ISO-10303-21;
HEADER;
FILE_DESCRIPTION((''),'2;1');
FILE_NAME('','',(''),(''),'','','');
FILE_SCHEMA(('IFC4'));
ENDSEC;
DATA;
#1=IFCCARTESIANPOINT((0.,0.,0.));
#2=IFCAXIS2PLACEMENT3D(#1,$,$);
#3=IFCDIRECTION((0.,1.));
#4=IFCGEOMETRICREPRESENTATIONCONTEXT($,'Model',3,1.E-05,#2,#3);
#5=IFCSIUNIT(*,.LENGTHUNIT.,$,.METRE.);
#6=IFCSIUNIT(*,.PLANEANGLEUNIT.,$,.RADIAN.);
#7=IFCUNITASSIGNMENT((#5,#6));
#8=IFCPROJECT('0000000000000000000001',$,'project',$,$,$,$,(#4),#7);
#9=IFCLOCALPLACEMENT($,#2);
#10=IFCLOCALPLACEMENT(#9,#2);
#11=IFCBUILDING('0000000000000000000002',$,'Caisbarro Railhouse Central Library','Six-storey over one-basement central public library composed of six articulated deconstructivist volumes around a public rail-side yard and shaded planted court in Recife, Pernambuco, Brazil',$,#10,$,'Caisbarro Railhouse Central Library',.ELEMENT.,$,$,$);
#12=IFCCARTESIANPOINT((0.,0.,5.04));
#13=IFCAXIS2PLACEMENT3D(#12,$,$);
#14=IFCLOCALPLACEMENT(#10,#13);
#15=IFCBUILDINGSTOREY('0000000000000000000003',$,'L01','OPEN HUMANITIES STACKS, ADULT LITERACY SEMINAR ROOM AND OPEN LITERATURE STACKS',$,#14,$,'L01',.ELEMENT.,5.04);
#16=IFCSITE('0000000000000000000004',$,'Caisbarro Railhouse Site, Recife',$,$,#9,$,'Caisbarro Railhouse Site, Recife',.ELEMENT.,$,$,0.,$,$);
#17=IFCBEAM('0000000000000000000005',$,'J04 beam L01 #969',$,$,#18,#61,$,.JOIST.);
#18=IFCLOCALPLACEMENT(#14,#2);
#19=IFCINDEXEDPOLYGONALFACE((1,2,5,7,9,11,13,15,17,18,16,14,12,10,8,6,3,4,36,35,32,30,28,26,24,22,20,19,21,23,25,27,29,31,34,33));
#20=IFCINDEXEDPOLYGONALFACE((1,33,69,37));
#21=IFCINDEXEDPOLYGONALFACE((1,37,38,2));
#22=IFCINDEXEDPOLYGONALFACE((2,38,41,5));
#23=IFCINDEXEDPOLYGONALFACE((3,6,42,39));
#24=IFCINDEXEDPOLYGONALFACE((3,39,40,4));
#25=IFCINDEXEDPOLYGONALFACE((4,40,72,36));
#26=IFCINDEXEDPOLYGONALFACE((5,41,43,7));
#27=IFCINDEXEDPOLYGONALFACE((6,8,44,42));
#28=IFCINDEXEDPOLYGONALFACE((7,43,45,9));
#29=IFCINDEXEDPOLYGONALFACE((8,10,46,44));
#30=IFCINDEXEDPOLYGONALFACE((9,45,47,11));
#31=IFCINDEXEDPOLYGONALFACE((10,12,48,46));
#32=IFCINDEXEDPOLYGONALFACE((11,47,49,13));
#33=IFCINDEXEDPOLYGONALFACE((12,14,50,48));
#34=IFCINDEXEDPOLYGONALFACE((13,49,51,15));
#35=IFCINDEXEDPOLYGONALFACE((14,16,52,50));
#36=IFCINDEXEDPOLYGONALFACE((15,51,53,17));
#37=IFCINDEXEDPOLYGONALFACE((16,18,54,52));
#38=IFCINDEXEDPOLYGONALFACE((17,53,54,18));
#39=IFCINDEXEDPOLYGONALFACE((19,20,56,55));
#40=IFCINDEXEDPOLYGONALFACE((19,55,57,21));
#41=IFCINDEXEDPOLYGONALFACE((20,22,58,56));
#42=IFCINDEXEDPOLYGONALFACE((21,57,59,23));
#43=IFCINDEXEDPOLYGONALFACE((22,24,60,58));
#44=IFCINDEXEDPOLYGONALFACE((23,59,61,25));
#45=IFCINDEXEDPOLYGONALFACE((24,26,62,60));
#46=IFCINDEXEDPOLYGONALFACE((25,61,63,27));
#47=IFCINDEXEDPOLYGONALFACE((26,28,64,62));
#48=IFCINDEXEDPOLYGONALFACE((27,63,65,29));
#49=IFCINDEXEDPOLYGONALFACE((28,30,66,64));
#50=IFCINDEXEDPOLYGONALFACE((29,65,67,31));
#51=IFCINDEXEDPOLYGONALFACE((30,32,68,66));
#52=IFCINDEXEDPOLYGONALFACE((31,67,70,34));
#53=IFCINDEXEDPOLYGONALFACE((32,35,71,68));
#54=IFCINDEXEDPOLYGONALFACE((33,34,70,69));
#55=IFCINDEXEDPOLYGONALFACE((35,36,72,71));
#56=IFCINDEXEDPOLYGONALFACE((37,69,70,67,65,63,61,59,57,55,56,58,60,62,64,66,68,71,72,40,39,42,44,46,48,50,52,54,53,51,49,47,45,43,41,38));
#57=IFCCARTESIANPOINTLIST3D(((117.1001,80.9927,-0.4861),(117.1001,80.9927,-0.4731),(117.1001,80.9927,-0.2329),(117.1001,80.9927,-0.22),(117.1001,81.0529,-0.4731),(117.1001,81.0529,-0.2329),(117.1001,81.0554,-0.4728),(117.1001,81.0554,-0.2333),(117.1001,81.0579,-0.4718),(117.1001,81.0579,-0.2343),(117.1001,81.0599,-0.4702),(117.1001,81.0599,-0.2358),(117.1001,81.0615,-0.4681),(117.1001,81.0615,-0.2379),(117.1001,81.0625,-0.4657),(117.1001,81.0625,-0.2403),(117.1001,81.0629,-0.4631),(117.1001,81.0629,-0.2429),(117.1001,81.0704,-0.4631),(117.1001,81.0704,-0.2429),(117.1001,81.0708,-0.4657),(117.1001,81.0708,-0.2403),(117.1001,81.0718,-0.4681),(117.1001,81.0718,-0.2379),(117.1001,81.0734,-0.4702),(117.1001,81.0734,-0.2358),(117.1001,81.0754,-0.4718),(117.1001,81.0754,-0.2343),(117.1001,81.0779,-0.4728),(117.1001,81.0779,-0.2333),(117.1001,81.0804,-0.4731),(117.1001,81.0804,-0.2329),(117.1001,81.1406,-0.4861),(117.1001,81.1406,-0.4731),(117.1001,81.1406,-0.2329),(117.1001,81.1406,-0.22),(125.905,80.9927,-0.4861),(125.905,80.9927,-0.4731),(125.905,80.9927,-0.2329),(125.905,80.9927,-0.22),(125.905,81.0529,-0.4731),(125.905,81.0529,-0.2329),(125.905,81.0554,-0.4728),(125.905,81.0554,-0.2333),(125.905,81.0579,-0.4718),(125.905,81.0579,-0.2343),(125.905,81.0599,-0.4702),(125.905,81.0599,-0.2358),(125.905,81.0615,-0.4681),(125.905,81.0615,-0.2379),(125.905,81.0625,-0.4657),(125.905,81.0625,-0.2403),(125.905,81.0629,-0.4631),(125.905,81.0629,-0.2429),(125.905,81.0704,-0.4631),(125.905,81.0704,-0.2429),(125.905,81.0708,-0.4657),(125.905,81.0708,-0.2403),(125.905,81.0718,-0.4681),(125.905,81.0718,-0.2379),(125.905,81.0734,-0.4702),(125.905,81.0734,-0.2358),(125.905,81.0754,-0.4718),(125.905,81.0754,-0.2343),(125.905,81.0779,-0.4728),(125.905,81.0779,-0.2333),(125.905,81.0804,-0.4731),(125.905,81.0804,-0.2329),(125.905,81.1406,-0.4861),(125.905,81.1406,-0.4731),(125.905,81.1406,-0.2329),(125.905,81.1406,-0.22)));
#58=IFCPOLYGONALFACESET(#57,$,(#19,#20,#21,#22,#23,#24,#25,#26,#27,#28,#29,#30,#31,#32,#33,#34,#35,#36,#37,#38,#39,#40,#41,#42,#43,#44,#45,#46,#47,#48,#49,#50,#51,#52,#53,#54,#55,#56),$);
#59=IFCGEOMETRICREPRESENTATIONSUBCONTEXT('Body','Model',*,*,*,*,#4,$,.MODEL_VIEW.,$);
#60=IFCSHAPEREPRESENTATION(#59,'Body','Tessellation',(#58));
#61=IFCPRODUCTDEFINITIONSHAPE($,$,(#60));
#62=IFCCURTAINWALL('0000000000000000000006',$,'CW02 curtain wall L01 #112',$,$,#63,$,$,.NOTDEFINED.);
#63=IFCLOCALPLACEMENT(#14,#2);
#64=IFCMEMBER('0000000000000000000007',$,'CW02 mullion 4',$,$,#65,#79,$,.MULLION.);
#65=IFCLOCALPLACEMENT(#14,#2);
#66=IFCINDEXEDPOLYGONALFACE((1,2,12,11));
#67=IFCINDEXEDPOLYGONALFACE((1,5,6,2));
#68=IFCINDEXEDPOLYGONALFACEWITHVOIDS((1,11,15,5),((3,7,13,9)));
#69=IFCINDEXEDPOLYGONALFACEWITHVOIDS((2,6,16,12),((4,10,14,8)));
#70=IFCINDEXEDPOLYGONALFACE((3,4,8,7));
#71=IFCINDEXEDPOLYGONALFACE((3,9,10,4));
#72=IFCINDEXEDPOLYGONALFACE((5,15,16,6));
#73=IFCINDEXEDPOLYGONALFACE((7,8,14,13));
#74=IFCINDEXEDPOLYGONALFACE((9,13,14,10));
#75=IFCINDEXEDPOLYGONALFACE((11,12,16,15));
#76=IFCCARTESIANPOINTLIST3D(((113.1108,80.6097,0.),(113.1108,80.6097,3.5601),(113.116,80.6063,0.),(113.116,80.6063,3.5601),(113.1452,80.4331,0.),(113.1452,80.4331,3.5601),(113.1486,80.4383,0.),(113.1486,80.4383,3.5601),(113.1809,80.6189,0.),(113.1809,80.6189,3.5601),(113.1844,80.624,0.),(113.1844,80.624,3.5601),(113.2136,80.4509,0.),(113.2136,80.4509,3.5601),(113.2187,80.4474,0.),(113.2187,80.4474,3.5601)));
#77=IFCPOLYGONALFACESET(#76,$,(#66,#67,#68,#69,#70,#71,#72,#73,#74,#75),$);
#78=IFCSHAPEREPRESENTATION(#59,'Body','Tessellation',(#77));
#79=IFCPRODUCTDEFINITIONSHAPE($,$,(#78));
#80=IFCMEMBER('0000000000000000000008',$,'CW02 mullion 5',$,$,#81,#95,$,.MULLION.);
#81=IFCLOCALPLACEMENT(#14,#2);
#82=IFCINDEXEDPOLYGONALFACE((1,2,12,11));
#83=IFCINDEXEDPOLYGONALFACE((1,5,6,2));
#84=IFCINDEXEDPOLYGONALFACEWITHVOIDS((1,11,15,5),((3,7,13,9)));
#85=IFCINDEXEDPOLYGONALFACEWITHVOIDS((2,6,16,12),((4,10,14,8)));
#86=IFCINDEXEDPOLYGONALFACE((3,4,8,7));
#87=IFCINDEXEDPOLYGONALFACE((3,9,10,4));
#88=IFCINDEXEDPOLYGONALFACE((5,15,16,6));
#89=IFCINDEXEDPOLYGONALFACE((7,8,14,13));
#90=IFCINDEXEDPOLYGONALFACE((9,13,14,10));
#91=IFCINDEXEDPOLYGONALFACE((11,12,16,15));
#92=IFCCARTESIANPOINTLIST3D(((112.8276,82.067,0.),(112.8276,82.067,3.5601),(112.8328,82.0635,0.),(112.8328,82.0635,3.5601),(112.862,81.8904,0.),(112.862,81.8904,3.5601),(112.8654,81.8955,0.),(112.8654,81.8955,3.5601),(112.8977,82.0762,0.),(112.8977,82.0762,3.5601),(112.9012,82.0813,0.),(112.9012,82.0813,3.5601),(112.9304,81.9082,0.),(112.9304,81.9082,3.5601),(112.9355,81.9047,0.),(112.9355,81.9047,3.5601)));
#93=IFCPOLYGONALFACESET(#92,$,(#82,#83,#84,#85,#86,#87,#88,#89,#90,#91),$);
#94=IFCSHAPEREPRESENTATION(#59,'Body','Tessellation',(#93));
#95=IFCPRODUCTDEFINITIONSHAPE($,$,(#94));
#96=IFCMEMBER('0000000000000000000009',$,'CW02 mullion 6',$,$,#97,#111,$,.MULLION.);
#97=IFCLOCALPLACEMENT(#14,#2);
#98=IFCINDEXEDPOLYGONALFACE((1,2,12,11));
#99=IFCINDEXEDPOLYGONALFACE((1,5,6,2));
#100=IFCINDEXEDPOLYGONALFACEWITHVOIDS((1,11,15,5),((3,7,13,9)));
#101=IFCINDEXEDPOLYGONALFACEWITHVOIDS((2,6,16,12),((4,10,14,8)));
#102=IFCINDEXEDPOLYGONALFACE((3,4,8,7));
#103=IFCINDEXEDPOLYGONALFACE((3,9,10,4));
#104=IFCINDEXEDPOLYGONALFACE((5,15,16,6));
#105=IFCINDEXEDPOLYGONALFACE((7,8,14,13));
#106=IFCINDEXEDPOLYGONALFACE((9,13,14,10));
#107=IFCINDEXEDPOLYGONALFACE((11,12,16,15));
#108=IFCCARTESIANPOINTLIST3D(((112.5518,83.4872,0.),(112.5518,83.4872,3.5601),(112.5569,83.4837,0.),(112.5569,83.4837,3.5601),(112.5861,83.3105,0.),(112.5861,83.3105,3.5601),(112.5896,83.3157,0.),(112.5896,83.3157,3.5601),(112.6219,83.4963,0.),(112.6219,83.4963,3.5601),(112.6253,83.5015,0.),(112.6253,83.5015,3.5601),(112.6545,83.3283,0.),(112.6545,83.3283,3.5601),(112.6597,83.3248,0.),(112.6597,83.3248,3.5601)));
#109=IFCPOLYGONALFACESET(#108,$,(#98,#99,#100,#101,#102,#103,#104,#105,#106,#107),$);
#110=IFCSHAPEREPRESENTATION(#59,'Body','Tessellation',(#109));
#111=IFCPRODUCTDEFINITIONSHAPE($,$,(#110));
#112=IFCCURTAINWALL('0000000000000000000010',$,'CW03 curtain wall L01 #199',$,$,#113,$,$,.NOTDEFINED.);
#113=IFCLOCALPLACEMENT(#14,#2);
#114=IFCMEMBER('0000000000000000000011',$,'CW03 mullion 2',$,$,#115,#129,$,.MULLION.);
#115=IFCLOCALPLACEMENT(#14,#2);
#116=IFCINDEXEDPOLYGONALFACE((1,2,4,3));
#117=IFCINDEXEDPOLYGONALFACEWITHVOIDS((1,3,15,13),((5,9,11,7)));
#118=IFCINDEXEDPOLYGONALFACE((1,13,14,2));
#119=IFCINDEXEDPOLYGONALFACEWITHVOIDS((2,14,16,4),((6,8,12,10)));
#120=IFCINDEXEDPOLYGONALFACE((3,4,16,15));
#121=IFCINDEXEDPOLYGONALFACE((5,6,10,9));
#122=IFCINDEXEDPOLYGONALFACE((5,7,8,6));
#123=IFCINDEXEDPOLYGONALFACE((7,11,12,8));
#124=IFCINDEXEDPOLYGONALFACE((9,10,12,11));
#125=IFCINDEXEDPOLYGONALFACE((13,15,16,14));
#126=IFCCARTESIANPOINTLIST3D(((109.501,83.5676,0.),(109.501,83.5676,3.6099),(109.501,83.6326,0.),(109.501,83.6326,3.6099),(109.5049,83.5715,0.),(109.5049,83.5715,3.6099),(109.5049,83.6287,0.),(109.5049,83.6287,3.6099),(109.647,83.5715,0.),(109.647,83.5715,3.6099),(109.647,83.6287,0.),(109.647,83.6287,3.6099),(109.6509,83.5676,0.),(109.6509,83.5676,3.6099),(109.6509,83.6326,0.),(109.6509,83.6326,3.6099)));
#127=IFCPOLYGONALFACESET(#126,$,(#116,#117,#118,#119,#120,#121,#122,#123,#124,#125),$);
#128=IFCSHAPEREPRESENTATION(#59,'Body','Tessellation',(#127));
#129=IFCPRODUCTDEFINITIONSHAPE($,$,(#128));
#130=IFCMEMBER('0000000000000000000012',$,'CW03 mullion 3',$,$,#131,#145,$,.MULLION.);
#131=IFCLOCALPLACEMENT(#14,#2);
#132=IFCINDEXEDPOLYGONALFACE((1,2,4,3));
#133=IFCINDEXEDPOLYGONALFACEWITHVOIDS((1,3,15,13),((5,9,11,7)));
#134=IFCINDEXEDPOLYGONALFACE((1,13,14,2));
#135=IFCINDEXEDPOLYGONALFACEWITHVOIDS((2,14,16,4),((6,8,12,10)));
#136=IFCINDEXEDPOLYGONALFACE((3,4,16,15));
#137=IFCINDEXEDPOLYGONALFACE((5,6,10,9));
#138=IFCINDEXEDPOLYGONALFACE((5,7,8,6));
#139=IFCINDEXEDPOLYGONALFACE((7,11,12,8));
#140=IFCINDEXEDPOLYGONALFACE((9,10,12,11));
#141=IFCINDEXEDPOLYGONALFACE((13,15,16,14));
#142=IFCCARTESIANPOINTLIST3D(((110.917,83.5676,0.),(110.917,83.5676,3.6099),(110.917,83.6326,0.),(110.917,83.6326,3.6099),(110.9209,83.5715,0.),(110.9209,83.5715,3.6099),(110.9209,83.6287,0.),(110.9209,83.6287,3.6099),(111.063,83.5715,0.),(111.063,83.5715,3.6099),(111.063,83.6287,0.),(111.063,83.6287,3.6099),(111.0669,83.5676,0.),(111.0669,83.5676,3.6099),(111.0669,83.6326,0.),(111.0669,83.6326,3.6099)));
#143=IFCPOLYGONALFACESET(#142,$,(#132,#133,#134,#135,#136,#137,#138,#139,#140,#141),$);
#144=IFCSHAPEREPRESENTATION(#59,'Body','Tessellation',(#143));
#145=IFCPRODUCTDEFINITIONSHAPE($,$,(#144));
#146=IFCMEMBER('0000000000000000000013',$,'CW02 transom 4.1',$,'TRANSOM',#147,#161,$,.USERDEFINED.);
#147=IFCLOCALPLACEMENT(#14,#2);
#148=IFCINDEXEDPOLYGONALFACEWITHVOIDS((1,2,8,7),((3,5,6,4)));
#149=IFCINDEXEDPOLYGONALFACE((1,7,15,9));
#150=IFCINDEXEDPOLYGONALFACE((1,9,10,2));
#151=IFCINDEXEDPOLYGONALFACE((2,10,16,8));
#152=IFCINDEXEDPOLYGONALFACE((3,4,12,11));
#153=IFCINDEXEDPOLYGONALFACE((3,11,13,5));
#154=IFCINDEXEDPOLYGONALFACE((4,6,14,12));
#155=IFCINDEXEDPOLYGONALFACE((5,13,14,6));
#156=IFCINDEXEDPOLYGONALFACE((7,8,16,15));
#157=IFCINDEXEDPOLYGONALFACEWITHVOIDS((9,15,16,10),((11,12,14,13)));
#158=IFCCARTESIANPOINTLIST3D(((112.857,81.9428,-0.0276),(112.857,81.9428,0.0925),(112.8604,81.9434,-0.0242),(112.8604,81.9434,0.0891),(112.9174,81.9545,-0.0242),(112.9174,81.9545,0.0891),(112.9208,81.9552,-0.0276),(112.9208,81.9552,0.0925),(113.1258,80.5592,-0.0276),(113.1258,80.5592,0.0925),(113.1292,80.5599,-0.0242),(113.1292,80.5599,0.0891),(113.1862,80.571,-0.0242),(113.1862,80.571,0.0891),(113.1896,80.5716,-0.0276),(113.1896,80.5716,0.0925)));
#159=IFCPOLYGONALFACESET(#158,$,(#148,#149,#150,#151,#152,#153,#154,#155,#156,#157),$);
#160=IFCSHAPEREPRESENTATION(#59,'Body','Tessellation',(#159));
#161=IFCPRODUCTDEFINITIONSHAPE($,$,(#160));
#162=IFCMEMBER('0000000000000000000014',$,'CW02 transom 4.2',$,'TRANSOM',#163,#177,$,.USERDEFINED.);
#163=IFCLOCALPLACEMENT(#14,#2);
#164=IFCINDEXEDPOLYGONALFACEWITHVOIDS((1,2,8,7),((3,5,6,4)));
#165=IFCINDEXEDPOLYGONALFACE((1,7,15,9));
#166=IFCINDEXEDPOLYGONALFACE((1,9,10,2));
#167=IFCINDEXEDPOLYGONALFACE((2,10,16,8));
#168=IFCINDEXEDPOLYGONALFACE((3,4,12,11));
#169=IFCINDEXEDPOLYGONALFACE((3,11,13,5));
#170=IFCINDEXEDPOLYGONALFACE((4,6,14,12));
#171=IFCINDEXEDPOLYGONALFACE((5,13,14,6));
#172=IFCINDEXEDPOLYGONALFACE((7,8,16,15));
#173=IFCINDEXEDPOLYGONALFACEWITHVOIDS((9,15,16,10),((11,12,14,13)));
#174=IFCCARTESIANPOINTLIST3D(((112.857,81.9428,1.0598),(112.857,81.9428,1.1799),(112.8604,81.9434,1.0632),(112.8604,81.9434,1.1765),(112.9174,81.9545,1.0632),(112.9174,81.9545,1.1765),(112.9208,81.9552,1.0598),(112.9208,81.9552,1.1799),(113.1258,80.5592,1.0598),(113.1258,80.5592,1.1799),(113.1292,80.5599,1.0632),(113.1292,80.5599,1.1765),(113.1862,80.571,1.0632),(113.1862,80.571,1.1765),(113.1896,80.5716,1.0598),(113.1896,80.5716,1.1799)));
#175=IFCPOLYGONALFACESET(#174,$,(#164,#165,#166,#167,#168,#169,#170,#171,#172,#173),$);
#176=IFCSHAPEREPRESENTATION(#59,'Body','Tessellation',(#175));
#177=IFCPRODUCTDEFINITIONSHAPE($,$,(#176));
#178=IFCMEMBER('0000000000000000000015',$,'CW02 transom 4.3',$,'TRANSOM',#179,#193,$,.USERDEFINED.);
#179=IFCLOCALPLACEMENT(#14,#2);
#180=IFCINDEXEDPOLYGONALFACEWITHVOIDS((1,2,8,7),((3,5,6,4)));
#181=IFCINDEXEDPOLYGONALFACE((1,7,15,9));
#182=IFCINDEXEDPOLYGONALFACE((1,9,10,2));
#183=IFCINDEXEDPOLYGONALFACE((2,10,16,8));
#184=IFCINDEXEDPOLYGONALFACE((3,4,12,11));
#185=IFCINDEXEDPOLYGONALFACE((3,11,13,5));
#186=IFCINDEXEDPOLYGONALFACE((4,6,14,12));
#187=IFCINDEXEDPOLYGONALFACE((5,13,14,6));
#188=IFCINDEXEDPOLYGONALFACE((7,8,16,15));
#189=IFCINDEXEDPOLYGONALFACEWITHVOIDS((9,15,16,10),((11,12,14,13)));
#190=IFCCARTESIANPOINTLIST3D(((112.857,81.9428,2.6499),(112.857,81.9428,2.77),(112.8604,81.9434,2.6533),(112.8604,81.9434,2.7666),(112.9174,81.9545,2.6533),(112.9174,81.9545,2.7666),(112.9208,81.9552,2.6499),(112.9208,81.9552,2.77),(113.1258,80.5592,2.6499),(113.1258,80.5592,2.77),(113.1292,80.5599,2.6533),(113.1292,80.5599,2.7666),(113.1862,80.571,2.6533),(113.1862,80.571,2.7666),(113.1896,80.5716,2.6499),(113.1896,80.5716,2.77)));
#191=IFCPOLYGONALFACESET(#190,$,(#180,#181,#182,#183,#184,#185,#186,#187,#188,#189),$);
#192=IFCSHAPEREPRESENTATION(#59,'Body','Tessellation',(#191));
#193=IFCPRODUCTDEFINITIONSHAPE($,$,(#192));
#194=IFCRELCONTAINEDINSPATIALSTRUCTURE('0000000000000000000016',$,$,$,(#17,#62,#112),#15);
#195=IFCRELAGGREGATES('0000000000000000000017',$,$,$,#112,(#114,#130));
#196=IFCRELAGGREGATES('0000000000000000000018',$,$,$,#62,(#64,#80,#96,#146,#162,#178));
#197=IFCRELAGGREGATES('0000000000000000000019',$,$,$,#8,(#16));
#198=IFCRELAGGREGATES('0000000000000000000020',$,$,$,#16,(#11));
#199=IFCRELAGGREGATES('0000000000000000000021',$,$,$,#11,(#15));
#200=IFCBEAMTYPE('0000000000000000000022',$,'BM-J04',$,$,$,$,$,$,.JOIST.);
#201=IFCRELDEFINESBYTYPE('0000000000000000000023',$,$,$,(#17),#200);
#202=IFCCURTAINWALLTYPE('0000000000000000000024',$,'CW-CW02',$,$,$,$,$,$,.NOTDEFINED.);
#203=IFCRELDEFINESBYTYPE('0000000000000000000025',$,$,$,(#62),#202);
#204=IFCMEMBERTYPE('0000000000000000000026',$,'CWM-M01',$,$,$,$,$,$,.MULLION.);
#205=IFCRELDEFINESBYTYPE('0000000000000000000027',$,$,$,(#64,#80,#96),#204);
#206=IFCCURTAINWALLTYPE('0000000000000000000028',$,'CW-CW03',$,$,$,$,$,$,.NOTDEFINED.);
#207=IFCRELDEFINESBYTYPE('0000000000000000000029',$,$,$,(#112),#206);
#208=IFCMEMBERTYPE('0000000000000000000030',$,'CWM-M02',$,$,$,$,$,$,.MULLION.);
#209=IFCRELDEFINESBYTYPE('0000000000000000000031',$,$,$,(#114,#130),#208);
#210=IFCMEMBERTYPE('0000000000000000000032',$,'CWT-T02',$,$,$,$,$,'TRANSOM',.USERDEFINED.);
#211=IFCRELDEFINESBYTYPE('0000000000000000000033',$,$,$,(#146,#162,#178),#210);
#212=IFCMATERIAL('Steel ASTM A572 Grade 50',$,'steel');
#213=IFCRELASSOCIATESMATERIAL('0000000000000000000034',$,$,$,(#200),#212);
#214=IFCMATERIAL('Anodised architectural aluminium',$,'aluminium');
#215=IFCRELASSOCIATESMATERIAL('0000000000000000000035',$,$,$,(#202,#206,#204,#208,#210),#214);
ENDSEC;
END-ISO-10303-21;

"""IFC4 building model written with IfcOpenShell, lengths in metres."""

from ifc_helpers import new_model, si_unit, direction, frame, origin, origin_2d, place, context, subcontext, project, spatial, hollow_rectangle, i_section, extrude, material, material_profile, profile_set, type_object, element, aggregate, save


model = new_model("IFC4")

# Units and contexts
model_context = context("Model", 3, precision=1e-05, world=origin(), true_north=direction((0.0, 1.0)))
body_context = subcontext(model_context, "Body", "Model", "MODEL_VIEW")
ifc_project = project(units=[si_unit("LENGTHUNIT", "METRE"), si_unit("PLANEANGLEUNIT", "RADIAN")], contexts=[model_context])

# Site, building, storey
site_placement = place(None, origin())
site = spatial("IfcSite", under=ifc_project, at=site_placement, Name="Caisbarro Railhouse Site, Recife", LongName="Caisbarro Railhouse Site, Recife", CompositionType="ELEMENT", RefElevation=0.0)
building_placement = place(site_placement, origin())
building = spatial("IfcBuilding", under=site, at=building_placement, Name="Caisbarro Railhouse Central Library", Description="Six-storey over one-basement central public library composed of six articulated deconstructivist volumes around a public rail-side yard and shaded planted court in Recife, Pernambuco, Brazil", LongName="Caisbarro Railhouse Central Library", CompositionType="ELEMENT")
storey_placement = place(building_placement, frame((0.0, 0.0, 5.04)))
storey = spatial("IfcBuildingStorey", under=building, at=storey_placement, Name="L01", Description="OPEN HUMANITIES STACKS, ADULT LITERACY SEMINAR ROOM AND OPEN LITERATURE STACKS", LongName="L01", CompositionType="ELEMENT", Elevation=5.04)

# Beam
ifc_material_1 = material(Name="Steel ASTM A572 Grade 50", Category="steel")
ifc_material_profile_1 = material_profile(ifc_material_1, i_section(OverallWidth=0.1479, OverallDepth=0.2661, WebThickness=0.0076, FlangeThickness=0.0129, FilletRadius=0.01, at=origin_2d()), Name="W250X44.8")
ifc_profile_set_1 = profile_set([ifc_material_profile_1], Name="Steel ASTM A572 Grade 50")
beam_type = type_object("IfcBeamType", Name="BM-J04", PredefinedType="JOIST", material=ifc_profile_set_1)
beam_placement = place(storey_placement, frame((117.1001, 81.0667, -0.353), z_axis=(1.0, 0.0, 0.0), x_axis=(0.0, 1.0, 0.0)))
element("IfcBeam", 1, at=beam_placement, inside=storey, type_object=beam_type, Name="J04 beam L01 #969", PredefinedType="JOIST", context=body_context, shape_type="SweptSolid", body=[
    extrude(i_section(OverallWidth=0.1479, OverallDepth=0.2661, WebThickness=0.0076, FlangeThickness=0.0129, FilletRadius=0.01, at=origin_2d()), origin(), (0.0, 0.0, 1.0), 8.8049),
])

# Curtain walls, members
ifc_material_2 = material(Name="Anodised architectural aluminium", Category="aluminium")
curtain_wall_type_1 = type_object("IfcCurtainWallType", Name="CW-CW02", PredefinedType="NOTDEFINED", material=ifc_material_2)
curtain_wall_1_placement = place(storey_placement, origin())
curtain_wall_1 = element("IfcCurtainWall", 2, at=curtain_wall_1_placement, inside=storey, type_object=curtain_wall_type_1, Name="CW02 curtain wall L01 #112", PredefinedType="NOTDEFINED")
ifc_material_profile_2 = material_profile(ifc_material_2, hollow_rectangle(XDim=0.075, YDim=0.1799, WallThickness=0.0044, at=origin_2d()), Name="ALU-MUL-75X180")
ifc_profile_set_2 = profile_set([ifc_material_profile_2], Name="Anodised architectural aluminium")
member_type_1 = type_object("IfcMemberType", Name="CWM-M01", PredefinedType="MULLION", material=ifc_profile_set_2)
member_1_placement = place(storey_placement, frame((113.1648, 80.5286, 0.0), z_axis=(0.0, 0.0, 1.0), x_axis=(-0.981633, -0.190781, 0.0)))
member_1 = element("IfcMember", 3, at=member_1_placement, type_object=member_type_1, Name="CW02 mullion 4", PredefinedType="MULLION", context=body_context, shape_type="SweptSolid", body=[
    extrude(hollow_rectangle(XDim=0.075, YDim=0.1799, WallThickness=0.0044, at=origin_2d()), origin(), (0.0, 0.0, 1.0), 3.5601),
])
member_2_placement = place(storey_placement, frame((112.8816, 81.9858, 0.0), z_axis=(0.0, 0.0, 1.0), x_axis=(-0.981633, -0.190781, 0.0)))
member_2 = element("IfcMember", 4, at=member_2_placement, type_object=member_type_1, Name="CW02 mullion 5", PredefinedType="MULLION", context=body_context, shape_type="SweptSolid", body=[
    extrude(hollow_rectangle(XDim=0.075, YDim=0.1799, WallThickness=0.0044, at=origin_2d()), origin(), (0.0, 0.0, 1.0), 3.5601),
])
member_3_placement = place(storey_placement, frame((112.6057, 83.406, 0.0), z_axis=(0.0, 0.0, 1.0), x_axis=(-0.981633, -0.190781, 0.0)))
member_3 = element("IfcMember", 5, at=member_3_placement, type_object=member_type_1, Name="CW02 mullion 6", PredefinedType="MULLION", context=body_context, shape_type="SweptSolid", body=[
    extrude(hollow_rectangle(XDim=0.075, YDim=0.1799, WallThickness=0.0044, at=origin_2d()), origin(), (0.0, 0.0, 1.0), 3.5601),
])
curtain_wall_type_2 = type_object("IfcCurtainWallType", Name="CW-CW03", PredefinedType="NOTDEFINED", material=ifc_material_2)
curtain_wall_2_placement = place(storey_placement, origin())
curtain_wall_2 = element("IfcCurtainWall", 6, at=curtain_wall_2_placement, inside=storey, type_object=curtain_wall_type_2, Name="CW03 curtain wall L01 #199", PredefinedType="NOTDEFINED")
ifc_material_profile_3 = material_profile(ifc_material_2, hollow_rectangle(XDim=0.0649, YDim=0.1499, WallThickness=0.0039, at=origin_2d()), Name="ALU-MUL-65X150")
ifc_profile_set_3 = profile_set([ifc_material_profile_3], Name="Anodised architectural aluminium")
member_type_2 = type_object("IfcMemberType", Name="CWM-M02", PredefinedType="MULLION", material=ifc_profile_set_3)
member_4_placement = place(storey_placement, frame((109.5759, 83.6001, 0.0), z_axis=(0.0, 0.0, 1.0), x_axis=(0.0, 1.0, 0.0)))
member_4 = element("IfcMember", 7, at=member_4_placement, type_object=member_type_2, Name="CW03 mullion 2", PredefinedType="MULLION", context=body_context, shape_type="SweptSolid", body=[
    extrude(hollow_rectangle(XDim=0.0649, YDim=0.1499, WallThickness=0.0039, at=origin_2d()), origin(), (0.0, 0.0, 1.0), 3.6099),
])
member_5_placement = place(storey_placement, frame((110.9919, 83.6001, 0.0), z_axis=(0.0, 0.0, 1.0), x_axis=(0.0, 1.0, 0.0)))
member_5 = element("IfcMember", 8, at=member_5_placement, type_object=member_type_2, Name="CW03 mullion 3", PredefinedType="MULLION", context=body_context, shape_type="SweptSolid", body=[
    extrude(hollow_rectangle(XDim=0.0649, YDim=0.1499, WallThickness=0.0039, at=origin_2d()), origin(), (0.0, 0.0, 1.0), 3.6099),
])

# Members
ifc_material_profile_4 = material_profile(ifc_material_2, hollow_rectangle(XDim=0.0649, YDim=0.1201, WallThickness=0.0034, at=origin_2d()), Name="ALU-TRN-65X120")
ifc_profile_set_4 = profile_set([ifc_material_profile_4], Name="Anodised architectural aluminium")
member_type_3 = type_object("IfcMemberType", Name="CWT-T02", ElementType="TRANSOM", PredefinedType="USERDEFINED", material=ifc_profile_set_4)
member_6_placement = place(storey_placement, frame((113.1577, 80.5654, 0.0325), z_axis=(-0.190717, 0.981645, 0.0), x_axis=(-0.981645, -0.190717, 0.0)))
member_6 = element("IfcMember", 9, at=member_6_placement, type_object=member_type_3, Name="CW02 transom 4.1", ObjectType="TRANSOM", PredefinedType="USERDEFINED", context=body_context, shape_type="SweptSolid", body=[
    extrude(hollow_rectangle(XDim=0.0649, YDim=0.1201, WallThickness=0.0034, at=origin_2d()), origin(), (0.0, 0.0, 1.0), 1.4094),
])
member_7_placement = place(storey_placement, frame((113.1577, 80.5654, 1.1199), z_axis=(-0.190717, 0.981645, 0.0), x_axis=(-0.981645, -0.190717, 0.0)))
member_7 = element("IfcMember", 10, at=member_7_placement, type_object=member_type_3, Name="CW02 transom 4.2", ObjectType="TRANSOM", PredefinedType="USERDEFINED", context=body_context, shape_type="SweptSolid", body=[
    extrude(hollow_rectangle(XDim=0.0649, YDim=0.1201, WallThickness=0.0034, at=origin_2d()), origin(), (0.0, 0.0, 1.0), 1.4094),
])
member_8_placement = place(storey_placement, frame((113.1577, 80.5654, 2.71), z_axis=(-0.190717, 0.981645, 0.0), x_axis=(-0.981645, -0.190717, 0.0)))
member_8 = element("IfcMember", 11, at=member_8_placement, type_object=member_type_3, Name="CW02 transom 4.3", ObjectType="TRANSOM", PredefinedType="USERDEFINED", context=body_context, shape_type="SweptSolid", body=[
    extrude(hollow_rectangle(XDim=0.0649, YDim=0.1201, WallThickness=0.0034, at=origin_2d()), origin(), (0.0, 0.0, 1.0), 1.4094),
])

aggregate(curtain_wall_2, [member_4, member_5])
aggregate(curtain_wall_1, [member_1, member_2, member_3, member_6, member_7, member_8])

save(model, "model.ifc")
